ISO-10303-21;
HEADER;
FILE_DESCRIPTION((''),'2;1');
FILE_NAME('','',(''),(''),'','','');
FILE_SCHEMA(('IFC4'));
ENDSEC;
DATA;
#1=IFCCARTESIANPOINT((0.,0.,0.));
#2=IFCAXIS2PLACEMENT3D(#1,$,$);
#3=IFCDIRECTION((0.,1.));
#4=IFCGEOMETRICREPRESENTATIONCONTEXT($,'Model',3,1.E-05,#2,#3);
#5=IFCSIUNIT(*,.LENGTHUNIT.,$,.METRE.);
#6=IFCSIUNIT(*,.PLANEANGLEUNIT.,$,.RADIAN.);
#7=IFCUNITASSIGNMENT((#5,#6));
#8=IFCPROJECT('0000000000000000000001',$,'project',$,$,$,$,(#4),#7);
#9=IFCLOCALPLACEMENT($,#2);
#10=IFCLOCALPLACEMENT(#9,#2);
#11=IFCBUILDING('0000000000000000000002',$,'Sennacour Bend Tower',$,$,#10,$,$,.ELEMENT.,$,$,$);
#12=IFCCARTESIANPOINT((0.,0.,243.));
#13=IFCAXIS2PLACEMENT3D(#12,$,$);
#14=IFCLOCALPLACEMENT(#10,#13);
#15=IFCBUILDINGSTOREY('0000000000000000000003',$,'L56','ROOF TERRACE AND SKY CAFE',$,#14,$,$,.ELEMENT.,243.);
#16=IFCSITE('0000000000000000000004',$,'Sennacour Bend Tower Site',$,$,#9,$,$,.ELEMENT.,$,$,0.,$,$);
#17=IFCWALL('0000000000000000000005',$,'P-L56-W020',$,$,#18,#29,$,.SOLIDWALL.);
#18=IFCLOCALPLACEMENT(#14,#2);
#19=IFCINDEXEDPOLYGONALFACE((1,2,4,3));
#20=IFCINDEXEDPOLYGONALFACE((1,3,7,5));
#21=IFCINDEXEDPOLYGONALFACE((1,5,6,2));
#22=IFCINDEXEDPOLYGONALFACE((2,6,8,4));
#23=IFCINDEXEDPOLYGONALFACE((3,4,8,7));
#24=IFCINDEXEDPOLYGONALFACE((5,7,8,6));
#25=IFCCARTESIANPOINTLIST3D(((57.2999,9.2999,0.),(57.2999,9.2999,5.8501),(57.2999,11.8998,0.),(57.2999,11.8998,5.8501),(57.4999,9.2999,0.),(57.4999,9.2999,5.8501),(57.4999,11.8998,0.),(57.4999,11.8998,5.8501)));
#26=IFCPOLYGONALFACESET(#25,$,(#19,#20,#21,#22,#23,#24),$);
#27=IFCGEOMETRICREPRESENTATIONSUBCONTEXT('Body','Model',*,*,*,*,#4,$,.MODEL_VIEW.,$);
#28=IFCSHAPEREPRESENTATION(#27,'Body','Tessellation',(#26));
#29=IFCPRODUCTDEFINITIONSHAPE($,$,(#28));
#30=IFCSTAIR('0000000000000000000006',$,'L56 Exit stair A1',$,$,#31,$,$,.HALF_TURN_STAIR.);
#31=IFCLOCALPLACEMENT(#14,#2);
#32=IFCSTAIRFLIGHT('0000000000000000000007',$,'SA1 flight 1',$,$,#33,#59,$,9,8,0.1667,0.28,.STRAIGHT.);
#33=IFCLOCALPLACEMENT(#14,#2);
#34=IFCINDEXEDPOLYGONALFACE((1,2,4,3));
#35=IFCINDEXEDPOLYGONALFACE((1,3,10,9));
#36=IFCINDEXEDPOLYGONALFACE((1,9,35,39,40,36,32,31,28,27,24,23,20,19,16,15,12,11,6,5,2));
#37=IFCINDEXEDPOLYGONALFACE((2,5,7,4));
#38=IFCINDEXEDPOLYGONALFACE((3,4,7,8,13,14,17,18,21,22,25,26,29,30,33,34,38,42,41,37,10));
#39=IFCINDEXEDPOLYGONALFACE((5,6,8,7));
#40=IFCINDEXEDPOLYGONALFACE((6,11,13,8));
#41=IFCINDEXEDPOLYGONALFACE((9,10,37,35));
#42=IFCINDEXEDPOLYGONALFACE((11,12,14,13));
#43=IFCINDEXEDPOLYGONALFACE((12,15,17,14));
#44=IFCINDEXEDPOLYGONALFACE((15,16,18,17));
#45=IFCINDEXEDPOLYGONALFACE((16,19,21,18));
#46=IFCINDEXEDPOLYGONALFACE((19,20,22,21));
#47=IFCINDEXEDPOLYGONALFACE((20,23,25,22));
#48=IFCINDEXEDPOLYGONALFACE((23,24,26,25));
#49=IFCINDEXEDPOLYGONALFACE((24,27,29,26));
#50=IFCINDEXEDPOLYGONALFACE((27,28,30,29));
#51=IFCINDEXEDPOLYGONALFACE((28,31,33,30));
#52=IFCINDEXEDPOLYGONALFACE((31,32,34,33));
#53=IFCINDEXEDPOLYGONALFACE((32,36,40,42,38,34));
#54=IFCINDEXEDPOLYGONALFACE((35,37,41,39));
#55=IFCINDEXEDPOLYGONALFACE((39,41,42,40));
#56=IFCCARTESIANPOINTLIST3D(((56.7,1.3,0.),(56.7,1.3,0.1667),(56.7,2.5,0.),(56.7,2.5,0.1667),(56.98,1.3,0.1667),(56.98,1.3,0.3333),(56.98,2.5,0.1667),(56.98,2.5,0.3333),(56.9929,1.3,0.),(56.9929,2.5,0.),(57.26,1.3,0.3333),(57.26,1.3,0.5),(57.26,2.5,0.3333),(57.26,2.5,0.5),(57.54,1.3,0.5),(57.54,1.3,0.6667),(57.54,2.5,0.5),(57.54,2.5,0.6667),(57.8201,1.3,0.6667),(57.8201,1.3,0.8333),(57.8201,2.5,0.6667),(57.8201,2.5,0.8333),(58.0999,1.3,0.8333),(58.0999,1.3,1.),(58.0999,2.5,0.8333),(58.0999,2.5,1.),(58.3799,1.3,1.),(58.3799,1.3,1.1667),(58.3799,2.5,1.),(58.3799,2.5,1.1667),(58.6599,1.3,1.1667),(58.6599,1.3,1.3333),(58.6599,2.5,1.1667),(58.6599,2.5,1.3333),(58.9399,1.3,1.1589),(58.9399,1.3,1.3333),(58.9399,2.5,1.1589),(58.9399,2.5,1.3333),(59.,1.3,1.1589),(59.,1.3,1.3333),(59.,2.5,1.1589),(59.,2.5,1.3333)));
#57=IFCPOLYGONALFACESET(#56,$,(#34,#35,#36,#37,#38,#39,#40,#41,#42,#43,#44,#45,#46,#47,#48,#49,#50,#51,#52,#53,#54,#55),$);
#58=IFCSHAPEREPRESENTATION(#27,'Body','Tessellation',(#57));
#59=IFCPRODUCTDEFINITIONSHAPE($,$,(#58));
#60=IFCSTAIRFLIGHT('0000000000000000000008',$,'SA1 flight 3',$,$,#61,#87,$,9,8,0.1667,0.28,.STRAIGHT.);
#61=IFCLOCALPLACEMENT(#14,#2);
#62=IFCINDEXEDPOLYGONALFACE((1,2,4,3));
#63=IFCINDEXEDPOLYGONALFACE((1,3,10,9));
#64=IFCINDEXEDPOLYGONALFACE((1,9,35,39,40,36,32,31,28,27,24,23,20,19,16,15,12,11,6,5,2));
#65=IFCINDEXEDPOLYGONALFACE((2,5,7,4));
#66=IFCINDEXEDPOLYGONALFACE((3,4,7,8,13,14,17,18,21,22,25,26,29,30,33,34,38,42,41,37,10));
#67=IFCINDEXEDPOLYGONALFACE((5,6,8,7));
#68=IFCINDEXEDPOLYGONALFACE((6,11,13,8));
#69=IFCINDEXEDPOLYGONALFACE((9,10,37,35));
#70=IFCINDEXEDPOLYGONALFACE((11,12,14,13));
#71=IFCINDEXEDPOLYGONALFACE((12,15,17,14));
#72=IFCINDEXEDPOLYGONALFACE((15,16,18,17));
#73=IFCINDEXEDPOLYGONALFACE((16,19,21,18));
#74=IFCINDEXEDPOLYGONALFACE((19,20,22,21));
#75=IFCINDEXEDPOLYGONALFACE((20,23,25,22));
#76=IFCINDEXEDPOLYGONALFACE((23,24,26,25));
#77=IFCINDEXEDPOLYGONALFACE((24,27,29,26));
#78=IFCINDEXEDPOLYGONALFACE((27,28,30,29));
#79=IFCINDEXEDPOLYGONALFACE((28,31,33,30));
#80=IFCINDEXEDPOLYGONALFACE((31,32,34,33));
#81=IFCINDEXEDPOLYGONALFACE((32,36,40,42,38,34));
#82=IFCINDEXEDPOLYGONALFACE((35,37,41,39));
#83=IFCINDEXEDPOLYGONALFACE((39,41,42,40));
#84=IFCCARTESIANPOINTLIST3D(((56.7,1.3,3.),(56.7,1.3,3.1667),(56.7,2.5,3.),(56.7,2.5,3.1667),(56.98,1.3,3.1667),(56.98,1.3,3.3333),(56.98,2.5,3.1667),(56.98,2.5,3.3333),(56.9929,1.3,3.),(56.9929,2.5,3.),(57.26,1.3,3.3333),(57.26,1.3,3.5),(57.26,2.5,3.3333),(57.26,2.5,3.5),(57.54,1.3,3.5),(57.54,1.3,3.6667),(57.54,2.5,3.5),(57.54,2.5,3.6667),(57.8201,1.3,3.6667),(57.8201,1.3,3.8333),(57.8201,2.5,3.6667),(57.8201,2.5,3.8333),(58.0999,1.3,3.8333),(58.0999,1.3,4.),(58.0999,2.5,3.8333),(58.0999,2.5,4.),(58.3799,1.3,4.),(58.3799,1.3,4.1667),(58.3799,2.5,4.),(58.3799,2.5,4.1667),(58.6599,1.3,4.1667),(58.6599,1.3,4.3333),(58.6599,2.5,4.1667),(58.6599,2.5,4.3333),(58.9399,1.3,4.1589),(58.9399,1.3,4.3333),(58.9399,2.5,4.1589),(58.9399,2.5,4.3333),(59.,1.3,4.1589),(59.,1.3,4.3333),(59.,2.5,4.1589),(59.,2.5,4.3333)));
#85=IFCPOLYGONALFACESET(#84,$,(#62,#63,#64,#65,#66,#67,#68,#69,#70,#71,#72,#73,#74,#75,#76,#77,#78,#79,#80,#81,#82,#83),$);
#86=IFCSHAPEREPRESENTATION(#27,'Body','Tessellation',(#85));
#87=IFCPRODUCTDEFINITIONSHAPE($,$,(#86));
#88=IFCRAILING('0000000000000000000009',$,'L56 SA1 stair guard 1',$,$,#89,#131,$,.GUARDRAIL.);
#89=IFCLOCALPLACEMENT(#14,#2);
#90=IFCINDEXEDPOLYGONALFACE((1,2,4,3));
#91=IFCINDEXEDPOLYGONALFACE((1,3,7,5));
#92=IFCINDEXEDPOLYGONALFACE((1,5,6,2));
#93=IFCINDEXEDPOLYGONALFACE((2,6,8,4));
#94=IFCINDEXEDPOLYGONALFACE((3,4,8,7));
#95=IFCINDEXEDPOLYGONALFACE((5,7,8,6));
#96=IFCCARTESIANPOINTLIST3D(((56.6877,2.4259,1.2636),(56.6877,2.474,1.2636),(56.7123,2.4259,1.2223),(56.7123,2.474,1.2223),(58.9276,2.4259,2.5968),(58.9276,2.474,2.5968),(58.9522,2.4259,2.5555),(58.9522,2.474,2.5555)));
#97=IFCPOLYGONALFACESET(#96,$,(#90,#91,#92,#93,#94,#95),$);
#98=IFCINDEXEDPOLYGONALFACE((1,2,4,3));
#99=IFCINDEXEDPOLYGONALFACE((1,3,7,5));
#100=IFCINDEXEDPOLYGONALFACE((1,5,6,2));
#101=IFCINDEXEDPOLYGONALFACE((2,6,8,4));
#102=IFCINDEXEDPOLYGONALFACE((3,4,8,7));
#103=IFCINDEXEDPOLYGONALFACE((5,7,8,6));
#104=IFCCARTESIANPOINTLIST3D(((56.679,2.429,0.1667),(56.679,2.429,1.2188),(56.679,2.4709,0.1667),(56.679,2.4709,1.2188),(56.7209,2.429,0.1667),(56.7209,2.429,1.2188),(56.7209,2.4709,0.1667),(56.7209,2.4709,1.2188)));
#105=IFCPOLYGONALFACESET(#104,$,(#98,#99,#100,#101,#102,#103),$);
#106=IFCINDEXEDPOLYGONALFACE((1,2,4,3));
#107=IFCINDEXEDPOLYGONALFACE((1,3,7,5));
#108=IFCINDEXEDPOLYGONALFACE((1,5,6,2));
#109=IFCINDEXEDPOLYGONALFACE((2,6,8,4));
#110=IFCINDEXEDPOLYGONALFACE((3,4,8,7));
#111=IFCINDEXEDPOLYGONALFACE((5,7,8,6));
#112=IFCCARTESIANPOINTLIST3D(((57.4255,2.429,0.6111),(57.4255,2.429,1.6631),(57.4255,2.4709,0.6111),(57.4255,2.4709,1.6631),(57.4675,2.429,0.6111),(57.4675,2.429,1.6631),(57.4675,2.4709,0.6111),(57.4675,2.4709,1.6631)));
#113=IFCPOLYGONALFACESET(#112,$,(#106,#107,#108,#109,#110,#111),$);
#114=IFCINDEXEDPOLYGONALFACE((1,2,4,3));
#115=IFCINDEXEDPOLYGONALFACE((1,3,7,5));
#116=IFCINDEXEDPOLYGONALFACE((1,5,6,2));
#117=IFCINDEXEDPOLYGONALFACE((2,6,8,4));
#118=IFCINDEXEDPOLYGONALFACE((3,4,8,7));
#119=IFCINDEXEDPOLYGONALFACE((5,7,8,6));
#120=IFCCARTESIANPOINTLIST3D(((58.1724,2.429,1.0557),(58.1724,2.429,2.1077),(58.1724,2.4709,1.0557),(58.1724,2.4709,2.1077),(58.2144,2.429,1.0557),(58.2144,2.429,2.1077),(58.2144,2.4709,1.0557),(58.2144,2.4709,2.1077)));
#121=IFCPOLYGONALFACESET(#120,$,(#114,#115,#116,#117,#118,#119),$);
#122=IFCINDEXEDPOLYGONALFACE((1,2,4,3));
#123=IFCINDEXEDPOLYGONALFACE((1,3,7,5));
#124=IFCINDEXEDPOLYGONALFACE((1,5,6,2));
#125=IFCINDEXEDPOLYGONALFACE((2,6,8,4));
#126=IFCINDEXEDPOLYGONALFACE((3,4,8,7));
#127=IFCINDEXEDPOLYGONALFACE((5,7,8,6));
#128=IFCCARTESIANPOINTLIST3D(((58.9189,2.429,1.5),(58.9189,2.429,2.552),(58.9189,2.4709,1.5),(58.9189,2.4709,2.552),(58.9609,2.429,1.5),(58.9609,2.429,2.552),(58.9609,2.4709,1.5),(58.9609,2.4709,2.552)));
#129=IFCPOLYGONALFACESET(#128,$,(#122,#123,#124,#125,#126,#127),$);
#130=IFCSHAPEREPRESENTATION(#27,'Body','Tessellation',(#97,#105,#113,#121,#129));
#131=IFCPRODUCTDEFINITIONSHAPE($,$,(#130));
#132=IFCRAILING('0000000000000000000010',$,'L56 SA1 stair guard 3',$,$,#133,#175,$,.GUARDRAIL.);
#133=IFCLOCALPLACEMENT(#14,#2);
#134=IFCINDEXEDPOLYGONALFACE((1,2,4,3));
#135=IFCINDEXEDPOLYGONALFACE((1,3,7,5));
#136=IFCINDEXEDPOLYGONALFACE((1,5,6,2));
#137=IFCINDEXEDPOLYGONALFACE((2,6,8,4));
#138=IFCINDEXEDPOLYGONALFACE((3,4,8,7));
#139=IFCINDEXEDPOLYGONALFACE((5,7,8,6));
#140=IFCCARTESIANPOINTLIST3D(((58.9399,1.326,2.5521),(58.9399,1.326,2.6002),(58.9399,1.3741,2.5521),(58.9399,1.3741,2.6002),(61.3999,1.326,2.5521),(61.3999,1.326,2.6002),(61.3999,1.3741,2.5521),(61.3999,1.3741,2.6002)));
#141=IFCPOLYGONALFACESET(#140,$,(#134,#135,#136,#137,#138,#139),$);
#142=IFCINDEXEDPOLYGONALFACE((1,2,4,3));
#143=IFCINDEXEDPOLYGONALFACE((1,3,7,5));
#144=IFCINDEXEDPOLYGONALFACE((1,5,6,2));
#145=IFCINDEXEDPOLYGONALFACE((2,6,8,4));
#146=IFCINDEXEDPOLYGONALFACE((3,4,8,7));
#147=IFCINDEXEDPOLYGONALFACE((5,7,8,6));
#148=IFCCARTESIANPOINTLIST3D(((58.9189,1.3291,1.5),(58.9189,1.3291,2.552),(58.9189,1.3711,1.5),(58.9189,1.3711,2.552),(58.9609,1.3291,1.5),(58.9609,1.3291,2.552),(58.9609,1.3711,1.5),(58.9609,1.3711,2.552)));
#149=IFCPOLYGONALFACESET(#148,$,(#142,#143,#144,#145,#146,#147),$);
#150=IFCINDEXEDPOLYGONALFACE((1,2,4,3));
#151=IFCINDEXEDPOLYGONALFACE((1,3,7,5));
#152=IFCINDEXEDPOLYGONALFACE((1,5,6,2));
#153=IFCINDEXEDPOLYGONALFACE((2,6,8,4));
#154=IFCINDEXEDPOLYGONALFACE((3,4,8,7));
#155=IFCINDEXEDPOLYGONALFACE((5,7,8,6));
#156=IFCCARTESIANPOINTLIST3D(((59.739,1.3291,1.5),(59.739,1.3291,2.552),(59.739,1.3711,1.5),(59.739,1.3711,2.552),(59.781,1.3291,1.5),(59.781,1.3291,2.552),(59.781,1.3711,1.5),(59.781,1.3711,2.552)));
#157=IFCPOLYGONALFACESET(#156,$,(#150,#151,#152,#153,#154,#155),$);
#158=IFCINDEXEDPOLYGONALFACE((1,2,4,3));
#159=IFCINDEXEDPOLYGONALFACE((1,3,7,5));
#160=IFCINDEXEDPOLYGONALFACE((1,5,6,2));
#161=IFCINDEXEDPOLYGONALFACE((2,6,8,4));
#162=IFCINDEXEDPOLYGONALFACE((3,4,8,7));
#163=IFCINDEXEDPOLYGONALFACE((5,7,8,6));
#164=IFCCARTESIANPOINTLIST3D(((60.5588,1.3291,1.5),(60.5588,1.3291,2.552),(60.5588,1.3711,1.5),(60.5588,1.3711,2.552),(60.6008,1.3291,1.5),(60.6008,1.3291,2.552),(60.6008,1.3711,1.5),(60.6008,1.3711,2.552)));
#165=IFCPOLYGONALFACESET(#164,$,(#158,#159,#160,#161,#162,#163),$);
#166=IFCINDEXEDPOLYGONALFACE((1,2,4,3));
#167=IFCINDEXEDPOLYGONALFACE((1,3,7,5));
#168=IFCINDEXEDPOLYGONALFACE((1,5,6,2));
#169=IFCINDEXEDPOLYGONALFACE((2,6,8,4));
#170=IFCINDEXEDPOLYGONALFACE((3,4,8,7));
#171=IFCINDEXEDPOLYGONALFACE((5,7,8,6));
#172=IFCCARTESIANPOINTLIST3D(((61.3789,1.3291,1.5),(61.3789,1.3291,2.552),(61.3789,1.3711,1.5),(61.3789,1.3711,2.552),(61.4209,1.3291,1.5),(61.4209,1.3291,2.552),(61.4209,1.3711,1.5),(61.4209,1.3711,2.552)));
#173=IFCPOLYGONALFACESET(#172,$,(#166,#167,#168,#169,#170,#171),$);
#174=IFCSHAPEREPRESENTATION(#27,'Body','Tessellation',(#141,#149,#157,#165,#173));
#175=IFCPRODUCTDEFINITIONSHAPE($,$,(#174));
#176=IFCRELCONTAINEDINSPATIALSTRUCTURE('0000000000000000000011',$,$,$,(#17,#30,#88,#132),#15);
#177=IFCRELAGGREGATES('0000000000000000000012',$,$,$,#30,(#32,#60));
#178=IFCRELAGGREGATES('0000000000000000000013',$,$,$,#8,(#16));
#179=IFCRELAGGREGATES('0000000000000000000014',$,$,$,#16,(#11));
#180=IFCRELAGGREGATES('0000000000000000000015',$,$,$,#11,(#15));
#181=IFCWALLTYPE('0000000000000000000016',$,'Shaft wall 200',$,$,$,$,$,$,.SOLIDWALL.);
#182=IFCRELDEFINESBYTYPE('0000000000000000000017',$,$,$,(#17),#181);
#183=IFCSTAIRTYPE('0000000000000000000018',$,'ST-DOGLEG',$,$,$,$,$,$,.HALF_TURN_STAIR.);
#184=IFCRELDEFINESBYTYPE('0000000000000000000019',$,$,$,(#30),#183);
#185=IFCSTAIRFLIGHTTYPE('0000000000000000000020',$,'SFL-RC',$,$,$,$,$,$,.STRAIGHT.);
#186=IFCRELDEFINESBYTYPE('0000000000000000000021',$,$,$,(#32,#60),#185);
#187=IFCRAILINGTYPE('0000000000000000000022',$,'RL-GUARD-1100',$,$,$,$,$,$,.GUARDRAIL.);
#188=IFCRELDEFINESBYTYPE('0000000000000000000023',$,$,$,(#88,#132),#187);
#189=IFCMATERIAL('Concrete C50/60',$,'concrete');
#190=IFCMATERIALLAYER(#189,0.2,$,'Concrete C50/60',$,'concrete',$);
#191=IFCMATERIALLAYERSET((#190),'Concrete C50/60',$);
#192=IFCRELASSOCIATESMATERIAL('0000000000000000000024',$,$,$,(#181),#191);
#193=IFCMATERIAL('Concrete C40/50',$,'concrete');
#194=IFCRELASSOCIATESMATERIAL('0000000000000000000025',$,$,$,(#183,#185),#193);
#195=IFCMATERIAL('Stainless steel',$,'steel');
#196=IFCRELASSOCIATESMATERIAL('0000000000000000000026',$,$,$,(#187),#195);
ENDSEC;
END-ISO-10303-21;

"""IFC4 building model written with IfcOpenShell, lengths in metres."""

from ifc_helpers import new_model, si_unit, direction, frame, frame_2d, origin, origin_2d, place, context, subcontext, project, spatial, polyline, rectangle, outline, extrude, material, layer, layer_set, type_object, element, aggregate, save


model = new_model("IFC4")

# Units and contexts
model_context = context("Model", 3, precision=1e-05, world=origin(), true_north=direction((0.0, 1.0)))
body_context = subcontext(model_context, "Body", "Model", "MODEL_VIEW")
ifc_project = project(units=[si_unit("LENGTHUNIT", "METRE"), si_unit("PLANEANGLEUNIT", "RADIAN")], contexts=[model_context])

# Site, building, storey
site_placement = place(None, origin())
site = spatial("IfcSite", under=ifc_project, at=site_placement, Name="Sennacour Bend Tower Site", CompositionType="ELEMENT", RefElevation=0.0)
building_placement = place(site_placement, origin())
building = spatial("IfcBuilding", under=site, at=building_placement, Name="Sennacour Bend Tower", CompositionType="ELEMENT")
storey_placement = place(building_placement, frame((0.0, 0.0, 243.0)))
storey = spatial("IfcBuildingStorey", under=building, at=storey_placement, Name="L56", Description="ROOF TERRACE AND SKY CAFE", CompositionType="ELEMENT", Elevation=243.0)

# Wall
ifc_material_1 = material(Name="Concrete C50/60", Category="concrete")
ifc_layer = layer(ifc_material_1, 0.2, Name="Concrete C50/60", Category="concrete")
ifc_layer_set = layer_set([ifc_layer], Name="Concrete C50/60")
wall_type = type_object("IfcWallType", Name="Shaft wall 200", PredefinedType="SOLIDWALL", material=ifc_layer_set)
wall_placement = place(storey_placement, frame((57.3999, 9.3, 0.0), z_axis=(0.0, 0.0, 1.0), x_axis=(0.0, 1.0, 0.0)))
element("IfcWall", 1, at=wall_placement, inside=storey, type_object=wall_type, Name="P-L56-W020", PredefinedType="SOLIDWALL", context=body_context, shape_type="SweptSolid", body=[
    extrude(rectangle(XDim=2.5999, YDim=0.2, at=frame_2d((1.2998, 0.0))), origin(), (0.0, 0.0, 1.0), 5.8501),
])

# Stair, stair flights
ifc_material_2 = material(Name="Concrete C40/50", Category="concrete")
stair_type = type_object("IfcStairType", Name="ST-DOGLEG", PredefinedType="HALF_TURN_STAIR", material=ifc_material_2)
stair_placement = place(storey_placement, origin())
stair = element("IfcStair", 2, at=stair_placement, inside=storey, type_object=stair_type, Name="L56 Exit stair A1", PredefinedType="HALF_TURN_STAIR")
stair_flight_type = type_object("IfcStairFlightType", Name="SFL-RC", PredefinedType="STRAIGHT", material=ifc_material_2)
stair_flight_1_placement = place(storey_placement, frame((56.7, 1.8999, 0.0), z_axis=(0.0, 0.0, 1.0), x_axis=(1.0, 0.0, 0.0)))
stair_flight_1 = element("IfcStairFlight", 3, at=stair_flight_1_placement, type_object=stair_flight_type, Name="SA1 flight 1", NumberOfRisers=9, NumberOfTreads=8, PredefinedType="STRAIGHT", RiserHeight=0.1667, TreadLength=0.28, context=body_context, shape_type="SweptSolid", body=[
    extrude(outline(polyline([(0.0, 0.0), (0.0, 0.1667), (0.28, 0.1667), (0.28, 0.3333), (0.5601, 0.3333), (0.5601, 0.5), (0.8401, 0.5), (0.8401, 0.6667), (1.1201, 0.6667), (1.1201, 0.8333), (1.3999, 0.8333), (1.3999, 1.0), (1.6799, 1.0), (1.6799, 1.1667), (1.96, 1.1667), (1.96, 1.3333), (2.24, 1.3333), (2.3, 1.3333), (2.3, 1.1589), (2.24, 1.1589), (0.293, 0.0), (0.0, 0.0)])), frame((0.0, 0.6001, 0.0), z_axis=(0.0, -1.0, 0.0), x_axis=(1.0, 0.0, 0.0)), (0.0, 0.0, 1.0), 1.2),
])
stair_flight_2_placement = place(storey_placement, frame((56.7, 1.8999, 3.0), z_axis=(0.0, 0.0, 1.0), x_axis=(1.0, 0.0, 0.0)))
stair_flight_2 = element("IfcStairFlight", 4, at=stair_flight_2_placement, type_object=stair_flight_type, Name="SA1 flight 3", NumberOfRisers=9, NumberOfTreads=8, PredefinedType="STRAIGHT", RiserHeight=0.1667, TreadLength=0.28, context=body_context, shape_type="SweptSolid", body=[
    extrude(outline(polyline([(0.0, 0.0), (0.0, 0.1667), (0.28, 0.1667), (0.28, 0.3333), (0.5601, 0.3333), (0.5601, 0.5), (0.8401, 0.5), (0.8401, 0.6667), (1.1201, 0.6667), (1.1201, 0.8333), (1.3999, 0.8333), (1.3999, 1.0), (1.6799, 1.0), (1.6799, 1.1667), (1.96, 1.1667), (1.96, 1.3333), (2.24, 1.3333), (2.3, 1.3333), (2.3, 1.1589), (2.24, 1.1589), (0.293, 0.0), (0.0, 0.0)])), frame((0.0, 0.6001, 0.0), z_axis=(0.0, -1.0, 0.0), x_axis=(1.0, 0.0, 0.0)), (0.0, 0.0, 1.0), 1.2),
])
aggregate(stair, [stair_flight_1, stair_flight_2])

# Railings
ifc_material_3 = material(Name="Stainless steel", Category="steel")
railing_type_1 = type_object("IfcRailingType", Name="RL-GUARD-1100", PredefinedType="GUARDRAIL", material=ifc_material_3)
railing_1_placement = place(storey_placement, frame((56.7, 2.45, 0.1667)))
element("IfcRailing", 5, at=railing_1_placement, inside=storey, type_object=railing_type_1, Name="L56 SA1 stair guard 1", PredefinedType="GUARDRAIL", context=body_context, shape_type="SweptSolid", body=[
    extrude(rectangle(XDim=0.0481, YDim=0.0481, at=origin_2d()), frame((0.0, 0.0, 1.0762), z_axis=(0.859306, 0.0, 0.511462), x_axis=(0.0, 1.0, 0.0)), (0.0, 0.0, 1.0), 2.6067),
    extrude(rectangle(XDim=0.042, YDim=0.042, at=origin_2d()), origin(), (0.0, 0.0, 1.0), 1.052),
    extrude(rectangle(XDim=0.042, YDim=0.042, at=origin_2d()), frame((0.7466, 0.0, 0.4443)), (0.0, 0.0, 1.0), 1.052),
    extrude(rectangle(XDim=0.042, YDim=0.042, at=origin_2d()), frame((1.4934, 0.0, 0.8889)), (0.0, 0.0, 1.0), 1.052),
    extrude(rectangle(XDim=0.042, YDim=0.042, at=origin_2d()), frame((2.24, 0.0, 1.3333)), (0.0, 0.0, 1.0), 1.052),
])
railing_2_placement = place(storey_placement, frame((58.9399, 1.3501, 1.5)))
element("IfcRailing", 6, at=railing_2_placement, inside=storey, type_object=railing_type_1, Name="L56 SA1 stair guard 3", PredefinedType="GUARDRAIL", context=body_context, shape_type="SweptSolid", body=[
    extrude(rectangle(XDim=0.0481, YDim=0.0481, at=origin_2d()), frame((0.0, 0.0, 1.0762), z_axis=(1.0, 0.0, 0.0), x_axis=(0.0, 1.0, 0.0)), (0.0, 0.0, 1.0), 2.46),
    extrude(rectangle(XDim=0.042, YDim=0.042, at=origin_2d()), origin(), (0.0, 0.0, 1.0), 1.052),
    extrude(rectangle(XDim=0.042, YDim=0.042, at=origin_2d()), frame((0.8201, 0.0, 0.0)), (0.0, 0.0, 1.0), 1.052),
    extrude(rectangle(XDim=0.042, YDim=0.042, at=origin_2d()), frame((1.6399, 0.0, 0.0)), (0.0, 0.0, 1.0), 1.052),
    extrude(rectangle(XDim=0.042, YDim=0.042, at=origin_2d()), frame((2.46, 0.0, 0.0)), (0.0, 0.0, 1.0), 1.052),
])

save(model, "model.ifc")
